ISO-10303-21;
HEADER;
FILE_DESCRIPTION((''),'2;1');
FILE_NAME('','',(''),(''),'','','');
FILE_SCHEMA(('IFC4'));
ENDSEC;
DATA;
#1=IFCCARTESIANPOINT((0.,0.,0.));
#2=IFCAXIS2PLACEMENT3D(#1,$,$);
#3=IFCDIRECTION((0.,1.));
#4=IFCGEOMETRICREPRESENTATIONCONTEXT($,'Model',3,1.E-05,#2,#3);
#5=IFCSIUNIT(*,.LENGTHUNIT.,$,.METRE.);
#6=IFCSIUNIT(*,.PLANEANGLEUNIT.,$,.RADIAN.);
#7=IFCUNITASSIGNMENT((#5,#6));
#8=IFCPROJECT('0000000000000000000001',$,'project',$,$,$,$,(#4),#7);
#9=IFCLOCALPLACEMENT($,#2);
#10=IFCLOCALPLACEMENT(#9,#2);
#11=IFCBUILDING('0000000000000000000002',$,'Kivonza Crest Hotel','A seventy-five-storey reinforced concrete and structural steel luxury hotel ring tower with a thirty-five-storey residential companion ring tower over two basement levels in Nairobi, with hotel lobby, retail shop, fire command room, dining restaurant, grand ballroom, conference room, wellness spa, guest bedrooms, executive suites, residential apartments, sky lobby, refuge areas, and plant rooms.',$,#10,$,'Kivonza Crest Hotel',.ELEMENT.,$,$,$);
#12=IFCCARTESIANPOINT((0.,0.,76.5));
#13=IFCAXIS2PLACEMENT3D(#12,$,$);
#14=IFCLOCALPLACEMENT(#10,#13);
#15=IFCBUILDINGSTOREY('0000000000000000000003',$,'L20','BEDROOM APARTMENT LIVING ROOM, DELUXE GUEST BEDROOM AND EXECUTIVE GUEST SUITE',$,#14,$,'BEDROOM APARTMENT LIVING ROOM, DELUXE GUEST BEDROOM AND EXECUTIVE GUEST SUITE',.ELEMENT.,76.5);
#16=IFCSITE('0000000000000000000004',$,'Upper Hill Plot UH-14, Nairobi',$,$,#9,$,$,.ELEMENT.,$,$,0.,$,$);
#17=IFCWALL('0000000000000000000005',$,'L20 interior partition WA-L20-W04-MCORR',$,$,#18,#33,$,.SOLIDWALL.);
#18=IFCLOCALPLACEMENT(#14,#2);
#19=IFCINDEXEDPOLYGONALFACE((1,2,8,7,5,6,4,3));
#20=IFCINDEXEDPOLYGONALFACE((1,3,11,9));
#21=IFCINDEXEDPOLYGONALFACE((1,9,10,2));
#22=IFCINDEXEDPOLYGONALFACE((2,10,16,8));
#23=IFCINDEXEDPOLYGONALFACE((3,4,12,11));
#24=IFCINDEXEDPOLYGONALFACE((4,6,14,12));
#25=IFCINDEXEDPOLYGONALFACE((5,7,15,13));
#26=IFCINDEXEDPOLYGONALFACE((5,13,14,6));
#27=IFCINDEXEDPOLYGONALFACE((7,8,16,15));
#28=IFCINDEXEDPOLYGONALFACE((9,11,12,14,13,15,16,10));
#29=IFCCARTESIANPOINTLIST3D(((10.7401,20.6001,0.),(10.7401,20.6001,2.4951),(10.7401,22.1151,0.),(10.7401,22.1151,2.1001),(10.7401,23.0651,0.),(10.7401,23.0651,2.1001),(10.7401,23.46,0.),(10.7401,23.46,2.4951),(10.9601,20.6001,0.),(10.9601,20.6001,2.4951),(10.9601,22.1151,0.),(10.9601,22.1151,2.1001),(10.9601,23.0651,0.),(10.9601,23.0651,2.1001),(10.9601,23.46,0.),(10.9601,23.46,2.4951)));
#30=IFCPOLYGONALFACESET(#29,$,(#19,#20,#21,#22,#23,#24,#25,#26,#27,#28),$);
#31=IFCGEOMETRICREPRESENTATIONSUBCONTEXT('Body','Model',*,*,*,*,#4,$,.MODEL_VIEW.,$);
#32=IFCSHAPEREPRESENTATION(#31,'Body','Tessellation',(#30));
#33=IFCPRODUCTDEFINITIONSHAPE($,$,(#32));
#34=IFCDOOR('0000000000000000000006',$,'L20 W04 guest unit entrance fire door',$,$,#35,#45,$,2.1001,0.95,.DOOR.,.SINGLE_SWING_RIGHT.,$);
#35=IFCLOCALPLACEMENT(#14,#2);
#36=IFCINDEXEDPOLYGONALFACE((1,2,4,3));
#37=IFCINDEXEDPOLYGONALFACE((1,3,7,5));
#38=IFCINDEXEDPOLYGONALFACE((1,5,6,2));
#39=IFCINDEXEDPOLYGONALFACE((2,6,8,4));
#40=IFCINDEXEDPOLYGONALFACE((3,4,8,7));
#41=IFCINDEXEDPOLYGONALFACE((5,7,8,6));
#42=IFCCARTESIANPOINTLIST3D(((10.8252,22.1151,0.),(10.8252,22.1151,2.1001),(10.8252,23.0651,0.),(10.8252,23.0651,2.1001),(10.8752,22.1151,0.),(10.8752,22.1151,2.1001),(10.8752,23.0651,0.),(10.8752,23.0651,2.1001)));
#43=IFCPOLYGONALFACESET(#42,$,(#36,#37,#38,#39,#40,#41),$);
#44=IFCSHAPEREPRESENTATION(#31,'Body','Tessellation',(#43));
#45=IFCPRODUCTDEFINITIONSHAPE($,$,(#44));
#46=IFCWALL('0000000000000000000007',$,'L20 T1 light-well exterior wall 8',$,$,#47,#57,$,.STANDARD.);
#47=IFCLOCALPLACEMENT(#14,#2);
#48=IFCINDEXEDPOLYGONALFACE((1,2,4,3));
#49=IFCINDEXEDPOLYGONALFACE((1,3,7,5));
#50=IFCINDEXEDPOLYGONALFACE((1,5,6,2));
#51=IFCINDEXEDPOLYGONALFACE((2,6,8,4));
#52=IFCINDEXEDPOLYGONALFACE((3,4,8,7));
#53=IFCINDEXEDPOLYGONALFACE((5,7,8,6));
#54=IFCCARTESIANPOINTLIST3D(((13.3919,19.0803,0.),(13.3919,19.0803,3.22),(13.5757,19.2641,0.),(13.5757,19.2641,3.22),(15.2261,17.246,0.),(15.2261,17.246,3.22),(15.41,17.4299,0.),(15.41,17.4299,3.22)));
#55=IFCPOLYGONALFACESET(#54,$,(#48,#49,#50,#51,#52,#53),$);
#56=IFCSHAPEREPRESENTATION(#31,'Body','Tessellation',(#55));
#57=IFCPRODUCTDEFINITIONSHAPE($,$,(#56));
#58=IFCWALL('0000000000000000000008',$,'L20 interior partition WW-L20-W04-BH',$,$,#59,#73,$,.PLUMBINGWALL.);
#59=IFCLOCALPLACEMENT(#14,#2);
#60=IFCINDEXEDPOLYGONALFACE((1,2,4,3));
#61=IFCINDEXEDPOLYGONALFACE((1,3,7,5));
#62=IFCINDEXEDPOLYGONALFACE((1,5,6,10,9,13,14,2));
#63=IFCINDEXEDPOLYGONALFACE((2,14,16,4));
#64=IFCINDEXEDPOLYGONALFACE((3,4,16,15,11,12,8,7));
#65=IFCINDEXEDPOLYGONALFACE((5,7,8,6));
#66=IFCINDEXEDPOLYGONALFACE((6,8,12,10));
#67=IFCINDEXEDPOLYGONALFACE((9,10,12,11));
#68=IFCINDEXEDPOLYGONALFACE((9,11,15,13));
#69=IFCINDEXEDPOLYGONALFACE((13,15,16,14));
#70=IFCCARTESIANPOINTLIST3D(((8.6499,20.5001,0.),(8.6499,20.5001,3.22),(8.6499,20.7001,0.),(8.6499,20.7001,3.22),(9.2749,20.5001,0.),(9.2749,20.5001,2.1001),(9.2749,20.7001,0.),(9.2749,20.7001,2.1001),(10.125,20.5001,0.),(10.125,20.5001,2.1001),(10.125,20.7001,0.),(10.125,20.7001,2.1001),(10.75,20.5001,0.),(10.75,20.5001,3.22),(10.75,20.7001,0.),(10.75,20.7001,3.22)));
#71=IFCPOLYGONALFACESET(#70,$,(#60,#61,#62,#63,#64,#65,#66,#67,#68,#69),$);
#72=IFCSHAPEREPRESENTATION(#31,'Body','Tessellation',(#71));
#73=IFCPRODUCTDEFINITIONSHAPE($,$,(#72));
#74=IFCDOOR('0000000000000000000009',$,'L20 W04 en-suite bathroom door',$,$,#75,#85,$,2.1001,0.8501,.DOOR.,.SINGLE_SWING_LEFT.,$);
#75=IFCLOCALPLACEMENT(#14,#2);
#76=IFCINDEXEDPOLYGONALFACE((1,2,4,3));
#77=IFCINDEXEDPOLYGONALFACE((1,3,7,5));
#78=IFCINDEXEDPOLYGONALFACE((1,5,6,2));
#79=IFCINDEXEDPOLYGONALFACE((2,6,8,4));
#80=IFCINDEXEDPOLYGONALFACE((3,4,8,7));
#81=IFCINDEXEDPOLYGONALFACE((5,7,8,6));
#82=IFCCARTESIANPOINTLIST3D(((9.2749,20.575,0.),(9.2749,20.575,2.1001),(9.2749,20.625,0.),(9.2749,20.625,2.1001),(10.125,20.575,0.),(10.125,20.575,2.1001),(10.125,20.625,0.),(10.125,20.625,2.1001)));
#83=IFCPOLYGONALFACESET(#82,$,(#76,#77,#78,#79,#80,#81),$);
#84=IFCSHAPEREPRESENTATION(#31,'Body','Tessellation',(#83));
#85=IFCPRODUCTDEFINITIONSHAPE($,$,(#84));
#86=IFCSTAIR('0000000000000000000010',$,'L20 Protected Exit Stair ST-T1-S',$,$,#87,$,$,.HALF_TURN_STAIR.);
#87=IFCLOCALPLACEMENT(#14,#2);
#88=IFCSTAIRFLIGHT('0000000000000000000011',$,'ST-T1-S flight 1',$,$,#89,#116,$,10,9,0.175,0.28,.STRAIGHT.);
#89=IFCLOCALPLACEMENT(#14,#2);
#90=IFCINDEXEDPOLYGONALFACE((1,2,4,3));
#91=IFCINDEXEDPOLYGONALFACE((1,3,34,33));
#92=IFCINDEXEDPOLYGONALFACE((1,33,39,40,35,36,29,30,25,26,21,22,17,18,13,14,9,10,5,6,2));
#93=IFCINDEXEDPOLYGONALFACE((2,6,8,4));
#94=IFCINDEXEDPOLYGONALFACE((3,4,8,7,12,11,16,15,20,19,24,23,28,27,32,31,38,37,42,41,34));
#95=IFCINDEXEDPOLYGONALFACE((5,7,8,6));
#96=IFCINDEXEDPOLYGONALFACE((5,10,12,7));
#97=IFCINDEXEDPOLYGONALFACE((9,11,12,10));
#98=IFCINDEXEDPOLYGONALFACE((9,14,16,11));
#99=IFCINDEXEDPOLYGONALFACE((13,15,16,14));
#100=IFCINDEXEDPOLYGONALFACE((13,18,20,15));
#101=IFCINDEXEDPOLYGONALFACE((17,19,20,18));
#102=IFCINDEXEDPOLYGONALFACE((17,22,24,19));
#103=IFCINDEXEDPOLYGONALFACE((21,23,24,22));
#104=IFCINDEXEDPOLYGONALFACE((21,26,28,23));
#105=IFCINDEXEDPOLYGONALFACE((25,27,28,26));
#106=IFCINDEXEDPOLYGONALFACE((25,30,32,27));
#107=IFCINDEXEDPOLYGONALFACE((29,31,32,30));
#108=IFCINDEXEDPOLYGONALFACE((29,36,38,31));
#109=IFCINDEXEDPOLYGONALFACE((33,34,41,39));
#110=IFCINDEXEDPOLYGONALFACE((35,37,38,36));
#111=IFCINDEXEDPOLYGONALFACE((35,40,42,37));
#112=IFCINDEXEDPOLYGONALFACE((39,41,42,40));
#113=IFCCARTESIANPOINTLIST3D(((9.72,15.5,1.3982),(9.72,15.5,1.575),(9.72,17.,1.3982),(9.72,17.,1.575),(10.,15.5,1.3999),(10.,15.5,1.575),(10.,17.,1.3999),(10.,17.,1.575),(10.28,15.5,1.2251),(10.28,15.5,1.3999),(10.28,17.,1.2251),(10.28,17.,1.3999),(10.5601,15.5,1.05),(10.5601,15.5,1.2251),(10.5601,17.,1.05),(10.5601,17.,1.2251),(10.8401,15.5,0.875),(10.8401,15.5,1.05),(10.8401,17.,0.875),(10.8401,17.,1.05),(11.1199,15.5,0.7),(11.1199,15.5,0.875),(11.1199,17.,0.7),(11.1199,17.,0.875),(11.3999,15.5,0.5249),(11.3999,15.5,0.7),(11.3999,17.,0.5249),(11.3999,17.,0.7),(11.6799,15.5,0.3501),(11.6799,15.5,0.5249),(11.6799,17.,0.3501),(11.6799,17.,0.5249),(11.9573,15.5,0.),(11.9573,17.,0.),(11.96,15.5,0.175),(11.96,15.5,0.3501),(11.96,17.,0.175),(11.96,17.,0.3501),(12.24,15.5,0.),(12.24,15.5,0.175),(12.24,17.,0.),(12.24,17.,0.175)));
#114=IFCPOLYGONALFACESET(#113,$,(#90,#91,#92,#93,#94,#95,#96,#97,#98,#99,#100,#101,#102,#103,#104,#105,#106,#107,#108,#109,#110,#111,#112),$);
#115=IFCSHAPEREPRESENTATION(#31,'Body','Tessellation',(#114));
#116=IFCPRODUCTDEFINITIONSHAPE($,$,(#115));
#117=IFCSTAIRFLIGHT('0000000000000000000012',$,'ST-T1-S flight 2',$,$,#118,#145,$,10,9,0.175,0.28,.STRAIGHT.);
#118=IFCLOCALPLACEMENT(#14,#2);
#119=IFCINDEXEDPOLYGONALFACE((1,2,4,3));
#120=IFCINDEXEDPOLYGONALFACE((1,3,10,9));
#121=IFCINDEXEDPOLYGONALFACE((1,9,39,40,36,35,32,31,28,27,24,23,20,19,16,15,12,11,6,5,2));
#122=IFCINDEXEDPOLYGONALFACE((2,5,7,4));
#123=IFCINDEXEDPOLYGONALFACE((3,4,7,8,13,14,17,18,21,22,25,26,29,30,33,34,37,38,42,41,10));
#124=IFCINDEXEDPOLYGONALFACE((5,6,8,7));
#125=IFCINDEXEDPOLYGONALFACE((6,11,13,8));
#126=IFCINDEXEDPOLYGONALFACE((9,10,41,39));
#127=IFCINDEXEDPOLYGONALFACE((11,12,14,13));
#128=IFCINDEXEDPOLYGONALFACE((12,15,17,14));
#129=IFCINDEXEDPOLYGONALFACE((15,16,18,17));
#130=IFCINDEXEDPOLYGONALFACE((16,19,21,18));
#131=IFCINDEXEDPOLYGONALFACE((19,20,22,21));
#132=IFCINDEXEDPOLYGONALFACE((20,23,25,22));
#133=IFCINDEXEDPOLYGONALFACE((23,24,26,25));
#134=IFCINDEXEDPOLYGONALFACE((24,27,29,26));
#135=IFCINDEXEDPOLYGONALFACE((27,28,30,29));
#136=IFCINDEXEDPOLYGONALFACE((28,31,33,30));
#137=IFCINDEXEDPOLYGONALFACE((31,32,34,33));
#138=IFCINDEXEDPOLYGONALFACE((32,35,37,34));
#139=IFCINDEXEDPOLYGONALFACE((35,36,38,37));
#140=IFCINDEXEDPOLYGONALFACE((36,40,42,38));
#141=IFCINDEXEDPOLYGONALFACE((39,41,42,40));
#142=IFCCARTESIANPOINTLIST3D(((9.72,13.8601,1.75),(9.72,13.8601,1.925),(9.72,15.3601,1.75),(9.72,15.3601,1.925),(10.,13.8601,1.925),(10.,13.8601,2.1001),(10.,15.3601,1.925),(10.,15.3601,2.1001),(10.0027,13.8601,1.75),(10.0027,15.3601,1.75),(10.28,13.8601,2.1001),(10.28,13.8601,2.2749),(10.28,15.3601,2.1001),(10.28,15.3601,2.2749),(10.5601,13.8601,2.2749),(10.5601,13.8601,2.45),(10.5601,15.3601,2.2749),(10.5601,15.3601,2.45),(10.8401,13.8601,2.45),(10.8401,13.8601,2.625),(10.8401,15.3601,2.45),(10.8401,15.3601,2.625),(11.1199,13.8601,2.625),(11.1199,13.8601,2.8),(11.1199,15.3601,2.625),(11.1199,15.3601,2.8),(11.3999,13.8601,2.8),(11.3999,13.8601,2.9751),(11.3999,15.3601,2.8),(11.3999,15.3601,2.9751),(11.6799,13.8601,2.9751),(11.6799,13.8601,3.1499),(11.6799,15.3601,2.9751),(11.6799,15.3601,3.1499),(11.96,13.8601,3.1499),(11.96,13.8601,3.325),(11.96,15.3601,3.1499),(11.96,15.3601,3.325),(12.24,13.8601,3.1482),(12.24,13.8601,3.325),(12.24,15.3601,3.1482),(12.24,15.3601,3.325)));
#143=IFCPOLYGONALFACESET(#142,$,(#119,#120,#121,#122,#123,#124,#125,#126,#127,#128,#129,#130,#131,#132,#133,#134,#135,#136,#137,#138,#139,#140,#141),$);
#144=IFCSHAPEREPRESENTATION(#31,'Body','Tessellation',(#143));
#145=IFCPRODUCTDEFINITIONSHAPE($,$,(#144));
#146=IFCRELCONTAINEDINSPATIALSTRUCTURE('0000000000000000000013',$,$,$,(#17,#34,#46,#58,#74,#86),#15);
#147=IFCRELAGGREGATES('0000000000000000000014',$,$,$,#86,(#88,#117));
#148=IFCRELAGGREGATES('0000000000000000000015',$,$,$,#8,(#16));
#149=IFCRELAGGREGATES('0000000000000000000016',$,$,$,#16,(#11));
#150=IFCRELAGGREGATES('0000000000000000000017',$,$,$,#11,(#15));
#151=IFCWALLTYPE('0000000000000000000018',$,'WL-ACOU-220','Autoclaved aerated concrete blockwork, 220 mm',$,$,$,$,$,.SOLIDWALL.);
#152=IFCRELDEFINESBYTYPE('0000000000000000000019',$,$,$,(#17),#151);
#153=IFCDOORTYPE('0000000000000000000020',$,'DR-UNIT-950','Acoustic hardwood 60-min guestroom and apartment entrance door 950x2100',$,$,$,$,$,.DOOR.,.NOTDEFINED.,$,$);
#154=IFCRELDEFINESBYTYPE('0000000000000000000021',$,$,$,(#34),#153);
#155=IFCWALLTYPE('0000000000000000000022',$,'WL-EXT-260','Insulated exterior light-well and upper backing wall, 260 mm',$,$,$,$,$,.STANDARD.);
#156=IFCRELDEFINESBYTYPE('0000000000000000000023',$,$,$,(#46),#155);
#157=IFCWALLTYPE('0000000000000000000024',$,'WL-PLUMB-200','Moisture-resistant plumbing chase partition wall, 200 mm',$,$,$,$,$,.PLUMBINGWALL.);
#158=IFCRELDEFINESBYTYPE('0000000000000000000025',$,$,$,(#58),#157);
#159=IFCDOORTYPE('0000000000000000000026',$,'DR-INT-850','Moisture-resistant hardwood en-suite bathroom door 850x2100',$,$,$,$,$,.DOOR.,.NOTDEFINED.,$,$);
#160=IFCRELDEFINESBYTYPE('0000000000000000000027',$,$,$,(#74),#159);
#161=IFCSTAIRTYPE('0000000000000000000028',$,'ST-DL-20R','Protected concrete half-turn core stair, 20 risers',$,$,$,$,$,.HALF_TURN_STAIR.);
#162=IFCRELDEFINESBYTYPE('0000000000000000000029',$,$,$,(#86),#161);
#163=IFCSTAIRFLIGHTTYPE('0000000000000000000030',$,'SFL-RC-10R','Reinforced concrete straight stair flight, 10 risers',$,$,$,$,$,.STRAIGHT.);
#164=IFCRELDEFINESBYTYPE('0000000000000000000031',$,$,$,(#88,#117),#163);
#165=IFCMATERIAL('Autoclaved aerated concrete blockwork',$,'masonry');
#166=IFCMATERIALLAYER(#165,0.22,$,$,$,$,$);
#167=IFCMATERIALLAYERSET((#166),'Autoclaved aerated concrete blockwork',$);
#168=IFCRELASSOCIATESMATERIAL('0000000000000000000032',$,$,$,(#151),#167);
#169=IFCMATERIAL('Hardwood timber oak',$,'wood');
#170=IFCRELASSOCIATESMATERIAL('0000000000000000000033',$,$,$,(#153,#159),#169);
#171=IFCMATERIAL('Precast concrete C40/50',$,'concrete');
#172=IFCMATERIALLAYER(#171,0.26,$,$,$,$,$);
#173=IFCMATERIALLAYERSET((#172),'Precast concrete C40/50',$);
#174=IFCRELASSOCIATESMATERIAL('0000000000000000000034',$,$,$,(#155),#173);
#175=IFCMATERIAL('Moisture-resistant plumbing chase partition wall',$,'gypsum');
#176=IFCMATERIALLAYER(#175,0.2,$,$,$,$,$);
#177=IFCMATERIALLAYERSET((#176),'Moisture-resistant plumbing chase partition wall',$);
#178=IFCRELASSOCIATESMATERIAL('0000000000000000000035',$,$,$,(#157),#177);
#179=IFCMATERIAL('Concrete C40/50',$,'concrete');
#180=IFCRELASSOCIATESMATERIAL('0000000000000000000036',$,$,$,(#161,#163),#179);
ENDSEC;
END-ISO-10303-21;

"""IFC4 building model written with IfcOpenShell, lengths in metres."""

from ifc_helpers import new_model, si_unit, direction, frame, frame_2d, origin, place, context, subcontext, project, spatial, polyline, rectangle, outline, extrude, material, layer, layer_set, type_object, element, fill, aggregate, save


model = new_model("IFC4")

# Units and contexts
model_context = context("Model", 3, precision=1e-05, world=origin(), true_north=direction((0.0, 1.0)))
body_context = subcontext(model_context, "Body", "Model", "MODEL_VIEW")
ifc_project = project(units=[si_unit("LENGTHUNIT", "METRE"), si_unit("PLANEANGLEUNIT", "RADIAN")], contexts=[model_context])

# Site, building, storey
site_placement = place(None, origin())
site = spatial("IfcSite", under=ifc_project, at=site_placement, Name="Upper Hill Plot UH-14, Nairobi", CompositionType="ELEMENT", RefElevation=0.0)
building_placement = place(site_placement, origin())
building = spatial("IfcBuilding", under=site, at=building_placement, Name="Kivonza Crest Hotel", Description="A seventy-five-storey reinforced concrete and structural steel luxury hotel ring tower with a thirty-five-storey residential companion ring tower over two basement levels in Nairobi, with hotel lobby, retail shop, fire command room, dining restaurant, grand ballroom, conference room, wellness spa, guest bedrooms, executive suites, residential apartments, sky lobby, refuge areas, and plant rooms.", LongName="Kivonza Crest Hotel", CompositionType="ELEMENT")
storey_placement = place(building_placement, frame((0.0, 0.0, 76.5)))
storey = spatial("IfcBuildingStorey", under=building, at=storey_placement, Name="L20", Description="BEDROOM APARTMENT LIVING ROOM, DELUXE GUEST BEDROOM AND EXECUTIVE GUEST SUITE", LongName="BEDROOM APARTMENT LIVING ROOM, DELUXE GUEST BEDROOM AND EXECUTIVE GUEST SUITE", CompositionType="ELEMENT", Elevation=76.5)

# Shared definitions
ifc_material_1 = material(Name="Autoclaved aerated concrete blockwork", Category="masonry")
ifc_layer_1 = layer(ifc_material_1, 0.22)
ifc_layer_set_1 = layer_set([ifc_layer_1], Name="Autoclaved aerated concrete blockwork")
wall_type_1 = type_object("IfcWallType", Name="WL-ACOU-220", Description="Autoclaved aerated concrete blockwork, 220 mm", PredefinedType="SOLIDWALL", material=ifc_layer_set_1)
ifc_material_2 = material(Name="Hardwood timber oak", Category="wood")

# Wall, opening, door
wall_1_placement = place(storey_placement, frame((10.8501, 20.6001, 0.0), z_axis=(0.0, 0.0, 1.0), x_axis=(0.0, 1.0, 0.0)))
wall_1 = element("IfcWall", 1, at=wall_1_placement, inside=storey, type_object=wall_type_1, Name="L20 interior partition WA-L20-W04-MCORR", PredefinedType="SOLIDWALL", context=body_context, shape_type="SweptSolid", body=[
    extrude(rectangle(XDim=2.8599, YDim=0.22, at=frame_2d((1.4299, 0.0))), origin(), (0.0, 0.0, 1.0), 2.4951),
])
opening_1_placement = place(wall_1_placement, frame((1.5149, 0.0, 0.0)))
opening_1 = element("IfcOpeningElement", 2, at=opening_1_placement, cuts=wall_1, PredefinedType="OPENING", context=body_context, shape_type="SweptSolid", body=[
    extrude(rectangle(XDim=0.95, YDim=2.1001, at=frame_2d((0.4751, 1.05))), frame((0.0, 0.1201, 0.0), z_axis=(0.0, -1.0, 0.0), x_axis=(1.0, 0.0, 0.0)), (0.0, 0.0, 1.0), 0.24),
])
door_type_1 = type_object("IfcDoorType", Name="DR-UNIT-950", Description="Acoustic hardwood 60-min guestroom and apartment entrance door 950x2100", OperationType="NOTDEFINED", PredefinedType="DOOR", material=ifc_material_2)
door_1_placement = place(opening_1_placement, origin())
door_1 = element("IfcDoor", 3, at=door_1_placement, inside=storey, type_object=door_type_1, Name="L20 W04 guest unit entrance fire door", OperationType="SINGLE_SWING_RIGHT", OverallHeight=2.1001, OverallWidth=0.95, PredefinedType="DOOR", context=body_context, shape_type="SweptSolid", body=[
    extrude(rectangle(XDim=0.95, YDim=2.1001, at=frame_2d((0.4751, 1.05))), frame((0.0, 0.0249, 0.0), z_axis=(0.0, -1.0, 0.0), x_axis=(1.0, 0.0, 0.0)), (0.0, 0.0, 1.0), 0.05),
])
fill(opening_1, door_1)

# Wall
ifc_material_3 = material(Name="Precast concrete C40/50", Category="concrete")
ifc_layer_2 = layer(ifc_material_3, 0.26)
ifc_layer_set_2 = layer_set([ifc_layer_2], Name="Precast concrete C40/50")
wall_type_2 = type_object("IfcWallType", Name="WL-EXT-260", Description="Insulated exterior light-well and upper backing wall, 260 mm", PredefinedType="STANDARD", material=ifc_layer_set_2)
wall_2_placement = place(storey_placement, frame((13.4839, 19.1721, 0.0), z_axis=(0.0, 0.0, 1.0), x_axis=(0.707107, -0.707107, 0.0)))
element("IfcWall", 4, at=wall_2_placement, inside=storey, type_object=wall_type_2, Name="L20 T1 light-well exterior wall 8", PredefinedType="STANDARD", context=body_context, shape_type="SweptSolid", body=[
    extrude(rectangle(XDim=2.594, YDim=0.26, at=frame_2d((1.2969, 0.0))), origin(), (0.0, 0.0, 1.0), 3.22),
])

# Wall, opening, door
ifc_material_4 = material(Name="Moisture-resistant plumbing chase partition wall", Category="gypsum")
ifc_layer_3 = layer(ifc_material_4, 0.2)
ifc_layer_set_3 = layer_set([ifc_layer_3], Name="Moisture-resistant plumbing chase partition wall")
wall_type_3 = type_object("IfcWallType", Name="WL-PLUMB-200", Description="Moisture-resistant plumbing chase partition wall, 200 mm", PredefinedType="PLUMBINGWALL", material=ifc_layer_set_3)
wall_3_placement = place(storey_placement, frame((8.6499, 20.6001, 0.0), z_axis=(0.0, 0.0, 1.0), x_axis=(1.0, 0.0, 0.0)))
wall_3 = element("IfcWall", 5, at=wall_3_placement, inside=storey, type_object=wall_type_3, Name="L20 interior partition WW-L20-W04-BH", PredefinedType="PLUMBINGWALL", context=body_context, shape_type="SweptSolid", body=[
    extrude(rectangle(XDim=2.1001, YDim=0.2, at=frame_2d((1.05, 0.0))), origin(), (0.0, 0.0, 1.0), 3.22),
])
opening_2_placement = place(wall_3_placement, frame((0.625, 0.0, 0.0)))
opening_2 = element("IfcOpeningElement", 6, at=opening_2_placement, cuts=wall_3, PredefinedType="OPENING", context=body_context, shape_type="SweptSolid", body=[
    extrude(rectangle(XDim=0.8501, YDim=2.1001, at=frame_2d((0.425, 1.05))), frame((0.0, 0.1099, 0.0), z_axis=(0.0, -1.0, 0.0), x_axis=(1.0, 0.0, 0.0)), (0.0, 0.0, 1.0), 0.22),
])
door_type_2 = type_object("IfcDoorType", Name="DR-INT-850", Description="Moisture-resistant hardwood en-suite bathroom door 850x2100", OperationType="NOTDEFINED", PredefinedType="DOOR", material=ifc_material_2)
door_2_placement = place(opening_2_placement, origin())
door_2 = element("IfcDoor", 7, at=door_2_placement, inside=storey, type_object=door_type_2, Name="L20 W04 en-suite bathroom door", OperationType="SINGLE_SWING_LEFT", OverallHeight=2.1001, OverallWidth=0.8501, PredefinedType="DOOR", context=body_context, shape_type="SweptSolid", body=[
    extrude(rectangle(XDim=0.8501, YDim=2.1001, at=frame_2d((0.425, 1.05))), frame((0.0, 0.0249, 0.0), z_axis=(0.0, -1.0, 0.0), x_axis=(1.0, 0.0, 0.0)), (0.0, 0.0, 1.0), 0.05),
])
fill(opening_2, door_2)

# Stair, stair flights
ifc_material_5 = material(Name="Concrete C40/50", Category="concrete")
stair_type = type_object("IfcStairType", Name="ST-DL-20R", Description="Protected concrete half-turn core stair, 20 risers", PredefinedType="HALF_TURN_STAIR", material=ifc_material_5)
stair_placement = place(storey_placement, origin())
stair = element("IfcStair", 8, at=stair_placement, inside=storey, type_object=stair_type, Name="L20 Protected Exit Stair ST-T1-S", PredefinedType="HALF_TURN_STAIR")
stair_flight_type = type_object("IfcStairFlightType", Name="SFL-RC-10R", Description="Reinforced concrete straight stair flight, 10 risers", PredefinedType="STRAIGHT", material=ifc_material_5)
stair_flight_1_placement = place(storey_placement, frame((12.24, 16.25, 0.0), z_axis=(0.0, 0.0, 1.0), x_axis=(-1.0, 0.0, 0.0)))
stair_flight_1 = element("IfcStairFlight", 9, at=stair_flight_1_placement, type_object=stair_flight_type, Name="ST-T1-S flight 1", NumberOfRisers=10, NumberOfTreads=9, PredefinedType="STRAIGHT", RiserHeight=0.175, TreadLength=0.28, context=body_context, shape_type="SweptSolid", body=[
    extrude(outline(polyline([(0.0, 0.0), (0.0, 0.175), (0.28, 0.175), (0.28, 0.3501), (0.5601, 0.3501), (0.5601, 0.5249), (0.8401, 0.5249), (0.8401, 0.7), (1.1201, 0.7), (1.1201, 0.875), (1.3999, 0.875), (1.3999, 1.05), (1.6799, 1.05), (1.6799, 1.2251), (1.96, 1.2251), (1.96, 1.3999), (2.24, 1.3999), (2.24, 1.575), (2.52, 1.575), (2.52, 1.75), (2.52, 1.3982), (0.2827, 0.0), (0.0, 0.0)])), frame((0.0, 0.75, 0.0), z_axis=(0.0, -1.0, 0.0), x_axis=(1.0, 0.0, 0.0)), (0.0, 0.0, 1.0), 1.5),
])
stair_flight_2_placement = place(storey_placement, frame((9.72, 14.6101, 1.75), z_axis=(0.0, 0.0, 1.0), x_axis=(1.0, 0.0, 0.0)))
stair_flight_2 = element("IfcStairFlight", 10, at=stair_flight_2_placement, type_object=stair_flight_type, Name="ST-T1-S flight 2", NumberOfRisers=10, NumberOfTreads=9, PredefinedType="STRAIGHT", RiserHeight=0.175, TreadLength=0.28, context=body_context, shape_type="SweptSolid", body=[
    extrude(outline(polyline([(0.0, 0.0), (0.0, 0.175), (0.28, 0.175), (0.28, 0.3501), (0.5601, 0.3501), (0.5601, 0.5249), (0.8401, 0.5249), (0.8401, 0.7), (1.1201, 0.7), (1.1201, 0.875), (1.3999, 0.875), (1.3999, 1.05), (1.6799, 1.05), (1.6799, 1.2251), (1.96, 1.2251), (1.96, 1.3999), (2.24, 1.3999), (2.24, 1.575), (2.52, 1.575), (2.52, 1.75), (2.52, 1.3982), (0.2827, 0.0), (0.0, 0.0)])), frame((0.0, 0.75, 0.0), z_axis=(0.0, -1.0, 0.0), x_axis=(1.0, 0.0, 0.0)), (0.0, 0.0, 1.0), 1.5),
])
aggregate(stair, [stair_flight_1, stair_flight_2])

save(model, "model.ifc")
